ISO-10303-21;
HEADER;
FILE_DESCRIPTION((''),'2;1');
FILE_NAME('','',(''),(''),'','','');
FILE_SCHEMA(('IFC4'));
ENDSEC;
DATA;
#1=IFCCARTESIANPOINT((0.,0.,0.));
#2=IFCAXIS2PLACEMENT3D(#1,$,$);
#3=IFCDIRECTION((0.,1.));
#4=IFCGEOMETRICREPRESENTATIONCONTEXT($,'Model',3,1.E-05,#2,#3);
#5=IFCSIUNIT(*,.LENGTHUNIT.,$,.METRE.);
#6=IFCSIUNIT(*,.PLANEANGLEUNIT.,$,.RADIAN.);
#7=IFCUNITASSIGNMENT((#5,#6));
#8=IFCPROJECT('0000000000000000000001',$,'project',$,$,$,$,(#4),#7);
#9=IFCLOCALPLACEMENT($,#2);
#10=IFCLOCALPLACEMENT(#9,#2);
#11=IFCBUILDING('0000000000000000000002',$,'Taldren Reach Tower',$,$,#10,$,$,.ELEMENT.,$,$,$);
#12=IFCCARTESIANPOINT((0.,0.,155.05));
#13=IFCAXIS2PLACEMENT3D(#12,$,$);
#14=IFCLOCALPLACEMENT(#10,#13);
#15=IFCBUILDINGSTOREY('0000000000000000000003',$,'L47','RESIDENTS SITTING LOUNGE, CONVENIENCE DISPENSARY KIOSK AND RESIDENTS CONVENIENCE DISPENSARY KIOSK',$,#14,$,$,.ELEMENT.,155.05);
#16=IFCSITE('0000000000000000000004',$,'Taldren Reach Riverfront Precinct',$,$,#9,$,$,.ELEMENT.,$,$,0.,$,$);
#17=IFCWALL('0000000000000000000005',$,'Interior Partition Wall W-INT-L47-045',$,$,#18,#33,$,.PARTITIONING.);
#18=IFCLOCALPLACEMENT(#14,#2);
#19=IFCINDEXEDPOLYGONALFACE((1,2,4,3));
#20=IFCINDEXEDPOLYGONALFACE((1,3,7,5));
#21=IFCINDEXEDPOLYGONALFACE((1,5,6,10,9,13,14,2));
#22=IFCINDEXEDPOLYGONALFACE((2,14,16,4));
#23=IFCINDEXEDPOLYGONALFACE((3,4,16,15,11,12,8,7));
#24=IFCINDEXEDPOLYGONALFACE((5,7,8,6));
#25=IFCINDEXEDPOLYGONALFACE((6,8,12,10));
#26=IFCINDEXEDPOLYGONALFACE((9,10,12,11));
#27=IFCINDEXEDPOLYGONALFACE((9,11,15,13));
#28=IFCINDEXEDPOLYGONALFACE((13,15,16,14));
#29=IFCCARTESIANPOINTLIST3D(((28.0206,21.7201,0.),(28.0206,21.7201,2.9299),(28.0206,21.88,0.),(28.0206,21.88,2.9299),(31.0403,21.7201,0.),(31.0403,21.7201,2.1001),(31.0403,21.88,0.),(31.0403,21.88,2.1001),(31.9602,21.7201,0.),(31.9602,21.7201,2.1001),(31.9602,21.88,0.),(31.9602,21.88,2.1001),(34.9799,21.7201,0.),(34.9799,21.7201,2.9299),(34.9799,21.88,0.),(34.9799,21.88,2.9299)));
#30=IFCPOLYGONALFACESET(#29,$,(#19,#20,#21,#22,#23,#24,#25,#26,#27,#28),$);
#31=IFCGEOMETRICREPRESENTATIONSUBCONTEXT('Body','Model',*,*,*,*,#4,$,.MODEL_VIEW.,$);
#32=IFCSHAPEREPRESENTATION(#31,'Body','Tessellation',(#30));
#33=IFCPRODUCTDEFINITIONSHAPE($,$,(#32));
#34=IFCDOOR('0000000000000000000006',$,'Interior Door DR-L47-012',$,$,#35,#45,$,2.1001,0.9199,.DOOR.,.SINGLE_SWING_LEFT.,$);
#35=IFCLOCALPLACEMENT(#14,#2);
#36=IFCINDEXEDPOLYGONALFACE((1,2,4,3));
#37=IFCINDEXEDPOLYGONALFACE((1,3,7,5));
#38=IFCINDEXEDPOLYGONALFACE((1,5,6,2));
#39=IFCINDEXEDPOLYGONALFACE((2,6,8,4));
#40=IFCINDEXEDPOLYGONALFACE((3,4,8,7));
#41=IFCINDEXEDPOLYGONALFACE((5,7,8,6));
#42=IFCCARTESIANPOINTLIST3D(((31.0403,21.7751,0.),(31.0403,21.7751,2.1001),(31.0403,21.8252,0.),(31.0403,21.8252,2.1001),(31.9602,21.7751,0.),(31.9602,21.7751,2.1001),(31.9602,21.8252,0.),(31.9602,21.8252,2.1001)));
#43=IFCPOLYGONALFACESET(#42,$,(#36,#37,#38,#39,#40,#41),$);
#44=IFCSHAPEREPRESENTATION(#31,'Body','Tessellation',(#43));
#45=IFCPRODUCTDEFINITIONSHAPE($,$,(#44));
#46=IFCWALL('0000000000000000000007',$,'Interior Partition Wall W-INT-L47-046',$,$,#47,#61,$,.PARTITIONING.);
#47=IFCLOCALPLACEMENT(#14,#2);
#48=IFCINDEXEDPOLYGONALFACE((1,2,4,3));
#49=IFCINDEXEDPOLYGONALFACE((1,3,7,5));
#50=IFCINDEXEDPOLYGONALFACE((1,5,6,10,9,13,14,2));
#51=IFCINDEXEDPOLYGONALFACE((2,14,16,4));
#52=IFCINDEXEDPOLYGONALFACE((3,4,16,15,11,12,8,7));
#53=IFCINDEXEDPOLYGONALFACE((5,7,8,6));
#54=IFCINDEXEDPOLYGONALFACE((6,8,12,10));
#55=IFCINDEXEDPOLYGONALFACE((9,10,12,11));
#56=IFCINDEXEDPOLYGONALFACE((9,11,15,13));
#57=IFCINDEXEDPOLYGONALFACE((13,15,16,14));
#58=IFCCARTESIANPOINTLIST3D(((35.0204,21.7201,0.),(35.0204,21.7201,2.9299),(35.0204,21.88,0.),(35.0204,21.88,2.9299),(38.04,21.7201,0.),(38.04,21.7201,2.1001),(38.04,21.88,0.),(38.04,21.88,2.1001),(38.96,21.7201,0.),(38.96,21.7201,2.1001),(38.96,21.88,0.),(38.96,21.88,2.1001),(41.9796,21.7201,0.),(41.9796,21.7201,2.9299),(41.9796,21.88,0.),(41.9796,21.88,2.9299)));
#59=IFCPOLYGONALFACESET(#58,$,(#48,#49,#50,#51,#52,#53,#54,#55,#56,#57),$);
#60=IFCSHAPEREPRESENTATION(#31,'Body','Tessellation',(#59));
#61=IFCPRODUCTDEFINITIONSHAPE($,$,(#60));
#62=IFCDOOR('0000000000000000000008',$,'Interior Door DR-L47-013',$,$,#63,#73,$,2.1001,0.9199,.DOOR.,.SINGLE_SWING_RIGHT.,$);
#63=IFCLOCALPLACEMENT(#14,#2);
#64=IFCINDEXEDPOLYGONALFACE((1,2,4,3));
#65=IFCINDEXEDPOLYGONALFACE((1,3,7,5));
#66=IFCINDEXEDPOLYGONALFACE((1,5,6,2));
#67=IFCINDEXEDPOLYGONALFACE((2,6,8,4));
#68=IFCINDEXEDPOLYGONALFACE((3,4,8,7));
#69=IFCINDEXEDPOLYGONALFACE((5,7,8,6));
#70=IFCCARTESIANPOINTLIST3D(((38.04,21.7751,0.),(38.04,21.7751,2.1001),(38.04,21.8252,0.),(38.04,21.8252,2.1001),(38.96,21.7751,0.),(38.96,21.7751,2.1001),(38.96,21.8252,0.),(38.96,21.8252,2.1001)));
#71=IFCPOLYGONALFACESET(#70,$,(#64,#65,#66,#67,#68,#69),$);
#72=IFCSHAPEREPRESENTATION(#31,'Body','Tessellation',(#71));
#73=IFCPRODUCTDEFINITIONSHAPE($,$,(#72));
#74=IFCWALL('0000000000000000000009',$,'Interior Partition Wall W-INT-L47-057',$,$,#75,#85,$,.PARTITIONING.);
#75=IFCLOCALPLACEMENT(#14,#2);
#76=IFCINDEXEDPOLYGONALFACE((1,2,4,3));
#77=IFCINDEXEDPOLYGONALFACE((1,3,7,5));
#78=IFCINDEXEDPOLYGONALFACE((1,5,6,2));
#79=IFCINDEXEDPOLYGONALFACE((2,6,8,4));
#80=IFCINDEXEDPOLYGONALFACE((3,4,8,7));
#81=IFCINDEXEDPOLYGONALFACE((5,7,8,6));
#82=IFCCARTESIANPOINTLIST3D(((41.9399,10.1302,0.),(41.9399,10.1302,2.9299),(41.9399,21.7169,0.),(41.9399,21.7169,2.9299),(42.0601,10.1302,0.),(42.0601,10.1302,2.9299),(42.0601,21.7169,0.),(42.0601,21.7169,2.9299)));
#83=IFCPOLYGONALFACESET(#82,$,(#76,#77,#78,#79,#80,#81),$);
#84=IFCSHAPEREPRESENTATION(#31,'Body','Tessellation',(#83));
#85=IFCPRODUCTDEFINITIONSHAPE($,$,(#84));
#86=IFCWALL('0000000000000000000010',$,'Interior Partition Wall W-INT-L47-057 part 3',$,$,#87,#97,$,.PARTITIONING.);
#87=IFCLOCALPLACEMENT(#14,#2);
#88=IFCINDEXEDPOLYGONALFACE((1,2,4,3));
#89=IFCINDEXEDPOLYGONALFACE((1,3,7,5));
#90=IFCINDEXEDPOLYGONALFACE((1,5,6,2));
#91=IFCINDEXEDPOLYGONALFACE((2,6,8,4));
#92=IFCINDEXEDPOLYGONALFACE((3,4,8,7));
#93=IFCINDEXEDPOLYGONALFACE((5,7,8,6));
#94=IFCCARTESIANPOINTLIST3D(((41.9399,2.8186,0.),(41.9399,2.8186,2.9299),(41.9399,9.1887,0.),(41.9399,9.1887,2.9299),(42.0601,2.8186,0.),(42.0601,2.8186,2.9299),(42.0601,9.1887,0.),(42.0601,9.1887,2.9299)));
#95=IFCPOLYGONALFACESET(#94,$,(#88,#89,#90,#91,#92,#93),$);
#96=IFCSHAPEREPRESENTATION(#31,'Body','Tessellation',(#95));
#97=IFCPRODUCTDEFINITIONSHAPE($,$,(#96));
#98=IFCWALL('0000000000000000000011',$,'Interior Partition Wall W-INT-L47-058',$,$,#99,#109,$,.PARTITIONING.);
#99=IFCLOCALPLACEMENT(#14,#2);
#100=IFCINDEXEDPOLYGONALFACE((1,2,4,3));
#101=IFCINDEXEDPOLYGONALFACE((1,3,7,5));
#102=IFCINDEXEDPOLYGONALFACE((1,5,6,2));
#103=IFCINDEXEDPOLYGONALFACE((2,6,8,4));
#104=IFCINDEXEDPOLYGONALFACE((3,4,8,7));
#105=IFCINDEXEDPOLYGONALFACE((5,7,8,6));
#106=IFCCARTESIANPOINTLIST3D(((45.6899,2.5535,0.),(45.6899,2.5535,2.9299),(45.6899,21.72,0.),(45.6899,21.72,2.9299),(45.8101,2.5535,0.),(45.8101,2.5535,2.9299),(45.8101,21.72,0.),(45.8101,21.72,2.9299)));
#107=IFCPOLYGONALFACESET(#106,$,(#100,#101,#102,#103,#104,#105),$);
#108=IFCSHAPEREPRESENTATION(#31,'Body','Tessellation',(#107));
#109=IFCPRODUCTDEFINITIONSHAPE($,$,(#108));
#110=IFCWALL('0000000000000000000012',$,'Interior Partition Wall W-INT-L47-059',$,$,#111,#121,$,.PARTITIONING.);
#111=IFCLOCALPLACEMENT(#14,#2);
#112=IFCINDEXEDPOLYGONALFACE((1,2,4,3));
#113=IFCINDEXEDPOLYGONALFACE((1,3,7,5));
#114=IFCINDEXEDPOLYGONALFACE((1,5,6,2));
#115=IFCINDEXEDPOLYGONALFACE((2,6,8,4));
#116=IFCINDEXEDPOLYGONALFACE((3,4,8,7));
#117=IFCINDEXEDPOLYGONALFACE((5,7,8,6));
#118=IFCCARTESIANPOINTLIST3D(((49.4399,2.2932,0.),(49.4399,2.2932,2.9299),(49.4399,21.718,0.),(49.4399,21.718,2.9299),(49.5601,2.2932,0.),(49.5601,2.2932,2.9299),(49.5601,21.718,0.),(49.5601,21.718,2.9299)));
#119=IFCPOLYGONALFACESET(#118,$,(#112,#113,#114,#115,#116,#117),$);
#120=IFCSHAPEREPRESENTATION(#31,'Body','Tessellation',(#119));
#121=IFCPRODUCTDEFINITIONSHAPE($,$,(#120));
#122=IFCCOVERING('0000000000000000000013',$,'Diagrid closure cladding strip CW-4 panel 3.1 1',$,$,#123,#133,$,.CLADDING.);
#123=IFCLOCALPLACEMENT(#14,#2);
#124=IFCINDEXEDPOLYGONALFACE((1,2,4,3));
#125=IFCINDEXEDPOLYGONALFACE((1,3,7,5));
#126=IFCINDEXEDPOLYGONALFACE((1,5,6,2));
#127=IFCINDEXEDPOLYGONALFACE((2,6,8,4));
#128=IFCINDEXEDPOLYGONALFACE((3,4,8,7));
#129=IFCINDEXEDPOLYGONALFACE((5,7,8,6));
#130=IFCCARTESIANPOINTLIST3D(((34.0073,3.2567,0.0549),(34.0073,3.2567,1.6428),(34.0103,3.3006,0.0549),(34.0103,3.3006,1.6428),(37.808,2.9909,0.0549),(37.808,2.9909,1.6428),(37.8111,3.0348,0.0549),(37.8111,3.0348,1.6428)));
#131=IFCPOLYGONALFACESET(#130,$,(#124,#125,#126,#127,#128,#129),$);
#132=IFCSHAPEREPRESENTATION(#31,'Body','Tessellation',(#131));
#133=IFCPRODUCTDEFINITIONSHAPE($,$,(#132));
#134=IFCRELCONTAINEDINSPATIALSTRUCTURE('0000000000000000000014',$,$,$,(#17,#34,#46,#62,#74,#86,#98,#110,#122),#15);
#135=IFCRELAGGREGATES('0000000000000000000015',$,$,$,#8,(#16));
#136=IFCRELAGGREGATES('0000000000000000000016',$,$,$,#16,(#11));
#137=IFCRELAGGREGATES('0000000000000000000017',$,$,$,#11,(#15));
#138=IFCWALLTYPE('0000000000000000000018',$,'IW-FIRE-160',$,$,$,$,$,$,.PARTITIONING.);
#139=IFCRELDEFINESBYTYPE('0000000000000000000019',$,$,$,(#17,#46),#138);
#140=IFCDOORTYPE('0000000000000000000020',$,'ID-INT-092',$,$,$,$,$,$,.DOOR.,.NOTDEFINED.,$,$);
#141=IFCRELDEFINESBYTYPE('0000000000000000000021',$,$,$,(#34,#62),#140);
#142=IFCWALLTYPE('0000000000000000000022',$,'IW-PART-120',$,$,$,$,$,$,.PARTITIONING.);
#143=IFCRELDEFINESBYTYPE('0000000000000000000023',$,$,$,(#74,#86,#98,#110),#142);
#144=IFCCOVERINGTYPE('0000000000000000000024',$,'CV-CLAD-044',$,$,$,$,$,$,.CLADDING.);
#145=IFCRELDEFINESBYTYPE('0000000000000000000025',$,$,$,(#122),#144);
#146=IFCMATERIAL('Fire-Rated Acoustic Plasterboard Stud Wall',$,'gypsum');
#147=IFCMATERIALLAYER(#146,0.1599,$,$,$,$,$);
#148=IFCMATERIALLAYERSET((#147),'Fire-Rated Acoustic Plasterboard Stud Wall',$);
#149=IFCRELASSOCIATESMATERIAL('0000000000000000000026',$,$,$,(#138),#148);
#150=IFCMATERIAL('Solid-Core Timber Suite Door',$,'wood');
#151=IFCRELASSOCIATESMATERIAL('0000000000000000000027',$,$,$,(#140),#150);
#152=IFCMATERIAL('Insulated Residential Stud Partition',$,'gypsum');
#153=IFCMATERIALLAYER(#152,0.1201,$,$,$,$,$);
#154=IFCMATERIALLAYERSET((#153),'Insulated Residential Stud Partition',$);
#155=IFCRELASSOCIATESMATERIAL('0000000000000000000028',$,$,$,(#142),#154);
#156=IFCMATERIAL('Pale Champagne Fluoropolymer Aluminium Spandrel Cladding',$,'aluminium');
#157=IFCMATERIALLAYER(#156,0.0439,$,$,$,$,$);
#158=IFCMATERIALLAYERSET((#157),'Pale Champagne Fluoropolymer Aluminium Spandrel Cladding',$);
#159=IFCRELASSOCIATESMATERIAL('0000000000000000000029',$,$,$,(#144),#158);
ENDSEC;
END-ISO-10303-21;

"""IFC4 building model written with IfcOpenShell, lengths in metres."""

from ifc_helpers import new_model, si_unit, direction, frame, frame_2d, origin, origin_2d, place, context, subcontext, project, spatial, rectangle, extrude, source, transform, mapped, material, layer, layer_set, type_object, element, fill, save


model = new_model("IFC4")

# Units and contexts
model_context = context("Model", 3, precision=1e-05, world=origin(), true_north=direction((0.0, 1.0)))
body_context = subcontext(model_context, "Body", "Model", "MODEL_VIEW")
ifc_project = project(units=[si_unit("LENGTHUNIT", "METRE"), si_unit("PLANEANGLEUNIT", "RADIAN")], contexts=[model_context])

# Site, building, storey
site_placement = place(None, origin())
site = spatial("IfcSite", under=ifc_project, at=site_placement, Name="Taldren Reach Riverfront Precinct", CompositionType="ELEMENT", RefElevation=0.0)
building_placement = place(site_placement, origin())
building = spatial("IfcBuilding", under=site, at=building_placement, Name="Taldren Reach Tower", CompositionType="ELEMENT")
storey_placement = place(building_placement, frame((0.0, 0.0, 155.05)))
storey = spatial("IfcBuildingStorey", under=building, at=storey_placement, Name="L47", Description="RESIDENTS SITTING LOUNGE, CONVENIENCE DISPENSARY KIOSK AND RESIDENTS CONVENIENCE DISPENSARY KIOSK", CompositionType="ELEMENT", Elevation=155.05)

# Shared definitions
ifc_material_1 = material(Name="Fire-Rated Acoustic Plasterboard Stud Wall", Category="gypsum")
ifc_layer_1 = layer(ifc_material_1, 0.1599)
ifc_layer_set_1 = layer_set([ifc_layer_1], Name="Fire-Rated Acoustic Plasterboard Stud Wall")
wall_type_1 = type_object("IfcWallType", Name="IW-FIRE-160", PredefinedType="PARTITIONING", material=ifc_layer_set_1)
shared_shape_1 = source(origin(), body_context, "Body", "SweptSolid", [
    extrude(rectangle(XDim=0.9199, YDim=2.1001, at=frame_2d((0.46, 1.05))), frame((0.0, 0.0898, 0.0), z_axis=(0.0, -1.0, 0.0), x_axis=(1.0, 0.0, 0.0)), (0.0, 0.0, 1.0), 0.1799),
])
ifc_material_2 = material(Name="Solid-Core Timber Suite Door", Category="wood")
door_type_1 = type_object("IfcDoorType", Name="ID-INT-092", OperationType="NOTDEFINED", PredefinedType="DOOR", material=ifc_material_2)
shared_shape_2 = source(origin(), body_context, "Body", "SweptSolid", [
    extrude(rectangle(XDim=0.9199, YDim=2.1001, at=frame_2d((0.46, 1.05))), frame((0.0, 0.0249, 0.0), z_axis=(0.0, -1.0, 0.0), x_axis=(1.0, 0.0, 0.0)), (0.0, 0.0, 1.0), 0.05),
])

# Shared definitions
ifc_material_3 = material(Name="Insulated Residential Stud Partition", Category="gypsum")
ifc_layer_2 = layer(ifc_material_3, 0.1201)
ifc_layer_set_2 = layer_set([ifc_layer_2], Name="Insulated Residential Stud Partition")
wall_type_2 = type_object("IfcWallType", Name="IW-PART-120", PredefinedType="PARTITIONING", material=ifc_layer_set_2)

# Walls, openings, doors
shared_shape_3 = source(origin(), body_context, "Body", "SweptSolid", [
    extrude(rectangle(XDim=6.9592, YDim=0.1599, at=frame_2d((3.4795, 0.0))), origin(), (0.0, 0.0, 1.0), 2.9299),
])
wall_1_placement = place(storey_placement, frame((34.9797, 21.8, 0.0), z_axis=(0.0, 0.0, 1.0), x_axis=(-1.0, 0.0, 0.0)))
wall_1 = element("IfcWall", 1, at=wall_1_placement, inside=storey, type_object=wall_type_1, Name="Interior Partition Wall W-INT-L47-045", PredefinedType="PARTITIONING", context=body_context, shape_type="MappedRepresentation", body=[
    mapped(shared_shape_3, transform((0.0, 0.0, 0.0), scale=1.0)),
])
opening_1_placement = place(wall_1_placement, frame((3.0195, 0.0, 0.0)))
opening_1 = element("IfcOpeningElement", 2, at=opening_1_placement, cuts=wall_1, PredefinedType="OPENING", context=body_context, shape_type="MappedRepresentation", body=[
    mapped(shared_shape_1, transform((0.0, 0.0, 0.0), scale=1.0)),
])
door_1_placement = place(opening_1_placement, origin())
door_1 = element("IfcDoor", 3, at=door_1_placement, inside=storey, type_object=door_type_1, Name="Interior Door DR-L47-012", OperationType="SINGLE_SWING_LEFT", OverallHeight=2.1001, OverallWidth=0.9199, PredefinedType="DOOR", context=body_context, shape_type="MappedRepresentation", body=[
    mapped(shared_shape_2, transform((0.0, 0.0, 0.0), scale=1.0)),
])
fill(opening_1, door_1)
wall_2_placement = place(storey_placement, frame((41.9795, 21.8, 0.0), z_axis=(0.0, 0.0, 1.0), x_axis=(-1.0, 0.0, 0.0)))
wall_2 = element("IfcWall", 4, at=wall_2_placement, inside=storey, type_object=wall_type_1, Name="Interior Partition Wall W-INT-L47-046", PredefinedType="PARTITIONING", context=body_context, shape_type="MappedRepresentation", body=[
    mapped(shared_shape_3, transform((0.0, 0.0, 0.0), scale=1.0)),
])
opening_2_placement = place(wall_2_placement, frame((3.0195, 0.0, 0.0)))
opening_2 = element("IfcOpeningElement", 5, at=opening_2_placement, cuts=wall_2, PredefinedType="OPENING", context=body_context, shape_type="MappedRepresentation", body=[
    mapped(shared_shape_1, transform((0.0, 0.0, 0.0), scale=1.0)),
])
door_2_placement = place(opening_2_placement, origin())
door_2 = element("IfcDoor", 6, at=door_2_placement, inside=storey, type_object=door_type_1, Name="Interior Door DR-L47-013", OperationType="SINGLE_SWING_RIGHT", OverallHeight=2.1001, OverallWidth=0.9199, PredefinedType="DOOR", context=body_context, shape_type="MappedRepresentation", body=[
    mapped(shared_shape_2, transform((0.0, 0.0, 0.0), scale=1.0)),
])
fill(opening_2, door_2)

# Walls
shared_shape_4 = source(origin(), body_context, "Body", "SweptSolid", [
    extrude(rectangle(XDim=11.5867, YDim=0.1201, at=frame_2d((5.7935, 0.0))), origin(), (0.0, 0.0, 1.0), 2.9299),
])
wall_3_placement = place(storey_placement, frame((42.0, 21.717, 0.0), z_axis=(0.0, 0.0, 1.0), x_axis=(0.0, -1.0, 0.0)))
element("IfcWall", 7, at=wall_3_placement, inside=storey, type_object=wall_type_2, Name="Interior Partition Wall W-INT-L47-057", PredefinedType="PARTITIONING", context=body_context, shape_type="MappedRepresentation", body=[
    mapped(shared_shape_4, transform((0.0, 0.0, 0.0), scale=1.0)),
])
shared_shape_5 = source(origin(), body_context, "Body", "SweptSolid", [
    extrude(rectangle(XDim=6.3701, YDim=0.1201, at=frame_2d((3.1851, 0.0))), origin(), (0.0, 0.0, 1.0), 2.9299),
])
wall_4_placement = place(storey_placement, frame((42.0, 9.1887, 0.0), z_axis=(0.0, 0.0, 1.0), x_axis=(0.0, -1.0, 0.0)))
element("IfcWall", 8, at=wall_4_placement, inside=storey, type_object=wall_type_2, Name="Interior Partition Wall W-INT-L47-057 part 3", PredefinedType="PARTITIONING", context=body_context, shape_type="MappedRepresentation", body=[
    mapped(shared_shape_5, transform((0.0, 0.0, 0.0), scale=1.0)),
])
shared_shape_6 = source(origin(), body_context, "Body", "SweptSolid", [
    extrude(rectangle(XDim=19.1665, YDim=0.1201, at=frame_2d((9.5833, 0.0))), origin(), (0.0, 0.0, 1.0), 2.9299),
])
wall_5_placement = place(storey_placement, frame((45.75, 21.72, 0.0), z_axis=(0.0, 0.0, 1.0), x_axis=(0.0, -1.0, 0.0)))
element("IfcWall", 9, at=wall_5_placement, inside=storey, type_object=wall_type_2, Name="Interior Partition Wall W-INT-L47-058", PredefinedType="PARTITIONING", context=body_context, shape_type="MappedRepresentation", body=[
    mapped(shared_shape_6, transform((0.0, 0.0, 0.0), scale=1.0)),
])
shared_shape_7 = source(origin(), body_context, "Body", "SweptSolid", [
    extrude(rectangle(XDim=19.4248, YDim=0.1201, at=frame_2d((9.7124, 0.0))), origin(), (0.0, 0.0, 1.0), 2.9299),
])
wall_6_placement = place(storey_placement, frame((49.5, 21.718, 0.0), z_axis=(0.0, 0.0, 1.0), x_axis=(0.0, -1.0, 0.0)))
element("IfcWall", 10, at=wall_6_placement, inside=storey, type_object=wall_type_2, Name="Interior Partition Wall W-INT-L47-059", PredefinedType="PARTITIONING", context=body_context, shape_type="MappedRepresentation", body=[
    mapped(shared_shape_7, transform((0.0, 0.0, 0.0), scale=1.0)),
])

# Covering
ifc_material_4 = material(Name="Pale Champagne Fluoropolymer Aluminium Spandrel Cladding", Category="aluminium")
ifc_layer_3 = layer(ifc_material_4, 0.0439)
ifc_layer_set_3 = layer_set([ifc_layer_3], Name="Pale Champagne Fluoropolymer Aluminium Spandrel Cladding")
covering_type = type_object("IfcCoveringType", Name="CV-CLAD-044", PredefinedType="CLADDING", material=ifc_layer_set_3)
shared_shape_8 = source(origin(), body_context, "Body", "SweptSolid", [
    extrude(rectangle(XDim=3.8101, YDim=0.0439, at=origin_2d()), origin(), (0.0, 0.0, 1.0), 1.5879),
])
covering_placement = place(storey_placement, frame((35.9092, 3.1458, 0.0549), z_axis=(0.0, 0.0, 1.0), x_axis=(0.997564, -0.069757, 0.0)))
element("IfcCovering", 11, at=covering_placement, inside=storey, type_object=covering_type, Name="Diagrid closure cladding strip CW-4 panel 3.1 1", PredefinedType="CLADDING", context=body_context, shape_type="MappedRepresentation", body=[
    mapped(shared_shape_8, transform((0.0, 0.0, 0.0), scale=1.0)),
])

save(model, "model.ifc")
